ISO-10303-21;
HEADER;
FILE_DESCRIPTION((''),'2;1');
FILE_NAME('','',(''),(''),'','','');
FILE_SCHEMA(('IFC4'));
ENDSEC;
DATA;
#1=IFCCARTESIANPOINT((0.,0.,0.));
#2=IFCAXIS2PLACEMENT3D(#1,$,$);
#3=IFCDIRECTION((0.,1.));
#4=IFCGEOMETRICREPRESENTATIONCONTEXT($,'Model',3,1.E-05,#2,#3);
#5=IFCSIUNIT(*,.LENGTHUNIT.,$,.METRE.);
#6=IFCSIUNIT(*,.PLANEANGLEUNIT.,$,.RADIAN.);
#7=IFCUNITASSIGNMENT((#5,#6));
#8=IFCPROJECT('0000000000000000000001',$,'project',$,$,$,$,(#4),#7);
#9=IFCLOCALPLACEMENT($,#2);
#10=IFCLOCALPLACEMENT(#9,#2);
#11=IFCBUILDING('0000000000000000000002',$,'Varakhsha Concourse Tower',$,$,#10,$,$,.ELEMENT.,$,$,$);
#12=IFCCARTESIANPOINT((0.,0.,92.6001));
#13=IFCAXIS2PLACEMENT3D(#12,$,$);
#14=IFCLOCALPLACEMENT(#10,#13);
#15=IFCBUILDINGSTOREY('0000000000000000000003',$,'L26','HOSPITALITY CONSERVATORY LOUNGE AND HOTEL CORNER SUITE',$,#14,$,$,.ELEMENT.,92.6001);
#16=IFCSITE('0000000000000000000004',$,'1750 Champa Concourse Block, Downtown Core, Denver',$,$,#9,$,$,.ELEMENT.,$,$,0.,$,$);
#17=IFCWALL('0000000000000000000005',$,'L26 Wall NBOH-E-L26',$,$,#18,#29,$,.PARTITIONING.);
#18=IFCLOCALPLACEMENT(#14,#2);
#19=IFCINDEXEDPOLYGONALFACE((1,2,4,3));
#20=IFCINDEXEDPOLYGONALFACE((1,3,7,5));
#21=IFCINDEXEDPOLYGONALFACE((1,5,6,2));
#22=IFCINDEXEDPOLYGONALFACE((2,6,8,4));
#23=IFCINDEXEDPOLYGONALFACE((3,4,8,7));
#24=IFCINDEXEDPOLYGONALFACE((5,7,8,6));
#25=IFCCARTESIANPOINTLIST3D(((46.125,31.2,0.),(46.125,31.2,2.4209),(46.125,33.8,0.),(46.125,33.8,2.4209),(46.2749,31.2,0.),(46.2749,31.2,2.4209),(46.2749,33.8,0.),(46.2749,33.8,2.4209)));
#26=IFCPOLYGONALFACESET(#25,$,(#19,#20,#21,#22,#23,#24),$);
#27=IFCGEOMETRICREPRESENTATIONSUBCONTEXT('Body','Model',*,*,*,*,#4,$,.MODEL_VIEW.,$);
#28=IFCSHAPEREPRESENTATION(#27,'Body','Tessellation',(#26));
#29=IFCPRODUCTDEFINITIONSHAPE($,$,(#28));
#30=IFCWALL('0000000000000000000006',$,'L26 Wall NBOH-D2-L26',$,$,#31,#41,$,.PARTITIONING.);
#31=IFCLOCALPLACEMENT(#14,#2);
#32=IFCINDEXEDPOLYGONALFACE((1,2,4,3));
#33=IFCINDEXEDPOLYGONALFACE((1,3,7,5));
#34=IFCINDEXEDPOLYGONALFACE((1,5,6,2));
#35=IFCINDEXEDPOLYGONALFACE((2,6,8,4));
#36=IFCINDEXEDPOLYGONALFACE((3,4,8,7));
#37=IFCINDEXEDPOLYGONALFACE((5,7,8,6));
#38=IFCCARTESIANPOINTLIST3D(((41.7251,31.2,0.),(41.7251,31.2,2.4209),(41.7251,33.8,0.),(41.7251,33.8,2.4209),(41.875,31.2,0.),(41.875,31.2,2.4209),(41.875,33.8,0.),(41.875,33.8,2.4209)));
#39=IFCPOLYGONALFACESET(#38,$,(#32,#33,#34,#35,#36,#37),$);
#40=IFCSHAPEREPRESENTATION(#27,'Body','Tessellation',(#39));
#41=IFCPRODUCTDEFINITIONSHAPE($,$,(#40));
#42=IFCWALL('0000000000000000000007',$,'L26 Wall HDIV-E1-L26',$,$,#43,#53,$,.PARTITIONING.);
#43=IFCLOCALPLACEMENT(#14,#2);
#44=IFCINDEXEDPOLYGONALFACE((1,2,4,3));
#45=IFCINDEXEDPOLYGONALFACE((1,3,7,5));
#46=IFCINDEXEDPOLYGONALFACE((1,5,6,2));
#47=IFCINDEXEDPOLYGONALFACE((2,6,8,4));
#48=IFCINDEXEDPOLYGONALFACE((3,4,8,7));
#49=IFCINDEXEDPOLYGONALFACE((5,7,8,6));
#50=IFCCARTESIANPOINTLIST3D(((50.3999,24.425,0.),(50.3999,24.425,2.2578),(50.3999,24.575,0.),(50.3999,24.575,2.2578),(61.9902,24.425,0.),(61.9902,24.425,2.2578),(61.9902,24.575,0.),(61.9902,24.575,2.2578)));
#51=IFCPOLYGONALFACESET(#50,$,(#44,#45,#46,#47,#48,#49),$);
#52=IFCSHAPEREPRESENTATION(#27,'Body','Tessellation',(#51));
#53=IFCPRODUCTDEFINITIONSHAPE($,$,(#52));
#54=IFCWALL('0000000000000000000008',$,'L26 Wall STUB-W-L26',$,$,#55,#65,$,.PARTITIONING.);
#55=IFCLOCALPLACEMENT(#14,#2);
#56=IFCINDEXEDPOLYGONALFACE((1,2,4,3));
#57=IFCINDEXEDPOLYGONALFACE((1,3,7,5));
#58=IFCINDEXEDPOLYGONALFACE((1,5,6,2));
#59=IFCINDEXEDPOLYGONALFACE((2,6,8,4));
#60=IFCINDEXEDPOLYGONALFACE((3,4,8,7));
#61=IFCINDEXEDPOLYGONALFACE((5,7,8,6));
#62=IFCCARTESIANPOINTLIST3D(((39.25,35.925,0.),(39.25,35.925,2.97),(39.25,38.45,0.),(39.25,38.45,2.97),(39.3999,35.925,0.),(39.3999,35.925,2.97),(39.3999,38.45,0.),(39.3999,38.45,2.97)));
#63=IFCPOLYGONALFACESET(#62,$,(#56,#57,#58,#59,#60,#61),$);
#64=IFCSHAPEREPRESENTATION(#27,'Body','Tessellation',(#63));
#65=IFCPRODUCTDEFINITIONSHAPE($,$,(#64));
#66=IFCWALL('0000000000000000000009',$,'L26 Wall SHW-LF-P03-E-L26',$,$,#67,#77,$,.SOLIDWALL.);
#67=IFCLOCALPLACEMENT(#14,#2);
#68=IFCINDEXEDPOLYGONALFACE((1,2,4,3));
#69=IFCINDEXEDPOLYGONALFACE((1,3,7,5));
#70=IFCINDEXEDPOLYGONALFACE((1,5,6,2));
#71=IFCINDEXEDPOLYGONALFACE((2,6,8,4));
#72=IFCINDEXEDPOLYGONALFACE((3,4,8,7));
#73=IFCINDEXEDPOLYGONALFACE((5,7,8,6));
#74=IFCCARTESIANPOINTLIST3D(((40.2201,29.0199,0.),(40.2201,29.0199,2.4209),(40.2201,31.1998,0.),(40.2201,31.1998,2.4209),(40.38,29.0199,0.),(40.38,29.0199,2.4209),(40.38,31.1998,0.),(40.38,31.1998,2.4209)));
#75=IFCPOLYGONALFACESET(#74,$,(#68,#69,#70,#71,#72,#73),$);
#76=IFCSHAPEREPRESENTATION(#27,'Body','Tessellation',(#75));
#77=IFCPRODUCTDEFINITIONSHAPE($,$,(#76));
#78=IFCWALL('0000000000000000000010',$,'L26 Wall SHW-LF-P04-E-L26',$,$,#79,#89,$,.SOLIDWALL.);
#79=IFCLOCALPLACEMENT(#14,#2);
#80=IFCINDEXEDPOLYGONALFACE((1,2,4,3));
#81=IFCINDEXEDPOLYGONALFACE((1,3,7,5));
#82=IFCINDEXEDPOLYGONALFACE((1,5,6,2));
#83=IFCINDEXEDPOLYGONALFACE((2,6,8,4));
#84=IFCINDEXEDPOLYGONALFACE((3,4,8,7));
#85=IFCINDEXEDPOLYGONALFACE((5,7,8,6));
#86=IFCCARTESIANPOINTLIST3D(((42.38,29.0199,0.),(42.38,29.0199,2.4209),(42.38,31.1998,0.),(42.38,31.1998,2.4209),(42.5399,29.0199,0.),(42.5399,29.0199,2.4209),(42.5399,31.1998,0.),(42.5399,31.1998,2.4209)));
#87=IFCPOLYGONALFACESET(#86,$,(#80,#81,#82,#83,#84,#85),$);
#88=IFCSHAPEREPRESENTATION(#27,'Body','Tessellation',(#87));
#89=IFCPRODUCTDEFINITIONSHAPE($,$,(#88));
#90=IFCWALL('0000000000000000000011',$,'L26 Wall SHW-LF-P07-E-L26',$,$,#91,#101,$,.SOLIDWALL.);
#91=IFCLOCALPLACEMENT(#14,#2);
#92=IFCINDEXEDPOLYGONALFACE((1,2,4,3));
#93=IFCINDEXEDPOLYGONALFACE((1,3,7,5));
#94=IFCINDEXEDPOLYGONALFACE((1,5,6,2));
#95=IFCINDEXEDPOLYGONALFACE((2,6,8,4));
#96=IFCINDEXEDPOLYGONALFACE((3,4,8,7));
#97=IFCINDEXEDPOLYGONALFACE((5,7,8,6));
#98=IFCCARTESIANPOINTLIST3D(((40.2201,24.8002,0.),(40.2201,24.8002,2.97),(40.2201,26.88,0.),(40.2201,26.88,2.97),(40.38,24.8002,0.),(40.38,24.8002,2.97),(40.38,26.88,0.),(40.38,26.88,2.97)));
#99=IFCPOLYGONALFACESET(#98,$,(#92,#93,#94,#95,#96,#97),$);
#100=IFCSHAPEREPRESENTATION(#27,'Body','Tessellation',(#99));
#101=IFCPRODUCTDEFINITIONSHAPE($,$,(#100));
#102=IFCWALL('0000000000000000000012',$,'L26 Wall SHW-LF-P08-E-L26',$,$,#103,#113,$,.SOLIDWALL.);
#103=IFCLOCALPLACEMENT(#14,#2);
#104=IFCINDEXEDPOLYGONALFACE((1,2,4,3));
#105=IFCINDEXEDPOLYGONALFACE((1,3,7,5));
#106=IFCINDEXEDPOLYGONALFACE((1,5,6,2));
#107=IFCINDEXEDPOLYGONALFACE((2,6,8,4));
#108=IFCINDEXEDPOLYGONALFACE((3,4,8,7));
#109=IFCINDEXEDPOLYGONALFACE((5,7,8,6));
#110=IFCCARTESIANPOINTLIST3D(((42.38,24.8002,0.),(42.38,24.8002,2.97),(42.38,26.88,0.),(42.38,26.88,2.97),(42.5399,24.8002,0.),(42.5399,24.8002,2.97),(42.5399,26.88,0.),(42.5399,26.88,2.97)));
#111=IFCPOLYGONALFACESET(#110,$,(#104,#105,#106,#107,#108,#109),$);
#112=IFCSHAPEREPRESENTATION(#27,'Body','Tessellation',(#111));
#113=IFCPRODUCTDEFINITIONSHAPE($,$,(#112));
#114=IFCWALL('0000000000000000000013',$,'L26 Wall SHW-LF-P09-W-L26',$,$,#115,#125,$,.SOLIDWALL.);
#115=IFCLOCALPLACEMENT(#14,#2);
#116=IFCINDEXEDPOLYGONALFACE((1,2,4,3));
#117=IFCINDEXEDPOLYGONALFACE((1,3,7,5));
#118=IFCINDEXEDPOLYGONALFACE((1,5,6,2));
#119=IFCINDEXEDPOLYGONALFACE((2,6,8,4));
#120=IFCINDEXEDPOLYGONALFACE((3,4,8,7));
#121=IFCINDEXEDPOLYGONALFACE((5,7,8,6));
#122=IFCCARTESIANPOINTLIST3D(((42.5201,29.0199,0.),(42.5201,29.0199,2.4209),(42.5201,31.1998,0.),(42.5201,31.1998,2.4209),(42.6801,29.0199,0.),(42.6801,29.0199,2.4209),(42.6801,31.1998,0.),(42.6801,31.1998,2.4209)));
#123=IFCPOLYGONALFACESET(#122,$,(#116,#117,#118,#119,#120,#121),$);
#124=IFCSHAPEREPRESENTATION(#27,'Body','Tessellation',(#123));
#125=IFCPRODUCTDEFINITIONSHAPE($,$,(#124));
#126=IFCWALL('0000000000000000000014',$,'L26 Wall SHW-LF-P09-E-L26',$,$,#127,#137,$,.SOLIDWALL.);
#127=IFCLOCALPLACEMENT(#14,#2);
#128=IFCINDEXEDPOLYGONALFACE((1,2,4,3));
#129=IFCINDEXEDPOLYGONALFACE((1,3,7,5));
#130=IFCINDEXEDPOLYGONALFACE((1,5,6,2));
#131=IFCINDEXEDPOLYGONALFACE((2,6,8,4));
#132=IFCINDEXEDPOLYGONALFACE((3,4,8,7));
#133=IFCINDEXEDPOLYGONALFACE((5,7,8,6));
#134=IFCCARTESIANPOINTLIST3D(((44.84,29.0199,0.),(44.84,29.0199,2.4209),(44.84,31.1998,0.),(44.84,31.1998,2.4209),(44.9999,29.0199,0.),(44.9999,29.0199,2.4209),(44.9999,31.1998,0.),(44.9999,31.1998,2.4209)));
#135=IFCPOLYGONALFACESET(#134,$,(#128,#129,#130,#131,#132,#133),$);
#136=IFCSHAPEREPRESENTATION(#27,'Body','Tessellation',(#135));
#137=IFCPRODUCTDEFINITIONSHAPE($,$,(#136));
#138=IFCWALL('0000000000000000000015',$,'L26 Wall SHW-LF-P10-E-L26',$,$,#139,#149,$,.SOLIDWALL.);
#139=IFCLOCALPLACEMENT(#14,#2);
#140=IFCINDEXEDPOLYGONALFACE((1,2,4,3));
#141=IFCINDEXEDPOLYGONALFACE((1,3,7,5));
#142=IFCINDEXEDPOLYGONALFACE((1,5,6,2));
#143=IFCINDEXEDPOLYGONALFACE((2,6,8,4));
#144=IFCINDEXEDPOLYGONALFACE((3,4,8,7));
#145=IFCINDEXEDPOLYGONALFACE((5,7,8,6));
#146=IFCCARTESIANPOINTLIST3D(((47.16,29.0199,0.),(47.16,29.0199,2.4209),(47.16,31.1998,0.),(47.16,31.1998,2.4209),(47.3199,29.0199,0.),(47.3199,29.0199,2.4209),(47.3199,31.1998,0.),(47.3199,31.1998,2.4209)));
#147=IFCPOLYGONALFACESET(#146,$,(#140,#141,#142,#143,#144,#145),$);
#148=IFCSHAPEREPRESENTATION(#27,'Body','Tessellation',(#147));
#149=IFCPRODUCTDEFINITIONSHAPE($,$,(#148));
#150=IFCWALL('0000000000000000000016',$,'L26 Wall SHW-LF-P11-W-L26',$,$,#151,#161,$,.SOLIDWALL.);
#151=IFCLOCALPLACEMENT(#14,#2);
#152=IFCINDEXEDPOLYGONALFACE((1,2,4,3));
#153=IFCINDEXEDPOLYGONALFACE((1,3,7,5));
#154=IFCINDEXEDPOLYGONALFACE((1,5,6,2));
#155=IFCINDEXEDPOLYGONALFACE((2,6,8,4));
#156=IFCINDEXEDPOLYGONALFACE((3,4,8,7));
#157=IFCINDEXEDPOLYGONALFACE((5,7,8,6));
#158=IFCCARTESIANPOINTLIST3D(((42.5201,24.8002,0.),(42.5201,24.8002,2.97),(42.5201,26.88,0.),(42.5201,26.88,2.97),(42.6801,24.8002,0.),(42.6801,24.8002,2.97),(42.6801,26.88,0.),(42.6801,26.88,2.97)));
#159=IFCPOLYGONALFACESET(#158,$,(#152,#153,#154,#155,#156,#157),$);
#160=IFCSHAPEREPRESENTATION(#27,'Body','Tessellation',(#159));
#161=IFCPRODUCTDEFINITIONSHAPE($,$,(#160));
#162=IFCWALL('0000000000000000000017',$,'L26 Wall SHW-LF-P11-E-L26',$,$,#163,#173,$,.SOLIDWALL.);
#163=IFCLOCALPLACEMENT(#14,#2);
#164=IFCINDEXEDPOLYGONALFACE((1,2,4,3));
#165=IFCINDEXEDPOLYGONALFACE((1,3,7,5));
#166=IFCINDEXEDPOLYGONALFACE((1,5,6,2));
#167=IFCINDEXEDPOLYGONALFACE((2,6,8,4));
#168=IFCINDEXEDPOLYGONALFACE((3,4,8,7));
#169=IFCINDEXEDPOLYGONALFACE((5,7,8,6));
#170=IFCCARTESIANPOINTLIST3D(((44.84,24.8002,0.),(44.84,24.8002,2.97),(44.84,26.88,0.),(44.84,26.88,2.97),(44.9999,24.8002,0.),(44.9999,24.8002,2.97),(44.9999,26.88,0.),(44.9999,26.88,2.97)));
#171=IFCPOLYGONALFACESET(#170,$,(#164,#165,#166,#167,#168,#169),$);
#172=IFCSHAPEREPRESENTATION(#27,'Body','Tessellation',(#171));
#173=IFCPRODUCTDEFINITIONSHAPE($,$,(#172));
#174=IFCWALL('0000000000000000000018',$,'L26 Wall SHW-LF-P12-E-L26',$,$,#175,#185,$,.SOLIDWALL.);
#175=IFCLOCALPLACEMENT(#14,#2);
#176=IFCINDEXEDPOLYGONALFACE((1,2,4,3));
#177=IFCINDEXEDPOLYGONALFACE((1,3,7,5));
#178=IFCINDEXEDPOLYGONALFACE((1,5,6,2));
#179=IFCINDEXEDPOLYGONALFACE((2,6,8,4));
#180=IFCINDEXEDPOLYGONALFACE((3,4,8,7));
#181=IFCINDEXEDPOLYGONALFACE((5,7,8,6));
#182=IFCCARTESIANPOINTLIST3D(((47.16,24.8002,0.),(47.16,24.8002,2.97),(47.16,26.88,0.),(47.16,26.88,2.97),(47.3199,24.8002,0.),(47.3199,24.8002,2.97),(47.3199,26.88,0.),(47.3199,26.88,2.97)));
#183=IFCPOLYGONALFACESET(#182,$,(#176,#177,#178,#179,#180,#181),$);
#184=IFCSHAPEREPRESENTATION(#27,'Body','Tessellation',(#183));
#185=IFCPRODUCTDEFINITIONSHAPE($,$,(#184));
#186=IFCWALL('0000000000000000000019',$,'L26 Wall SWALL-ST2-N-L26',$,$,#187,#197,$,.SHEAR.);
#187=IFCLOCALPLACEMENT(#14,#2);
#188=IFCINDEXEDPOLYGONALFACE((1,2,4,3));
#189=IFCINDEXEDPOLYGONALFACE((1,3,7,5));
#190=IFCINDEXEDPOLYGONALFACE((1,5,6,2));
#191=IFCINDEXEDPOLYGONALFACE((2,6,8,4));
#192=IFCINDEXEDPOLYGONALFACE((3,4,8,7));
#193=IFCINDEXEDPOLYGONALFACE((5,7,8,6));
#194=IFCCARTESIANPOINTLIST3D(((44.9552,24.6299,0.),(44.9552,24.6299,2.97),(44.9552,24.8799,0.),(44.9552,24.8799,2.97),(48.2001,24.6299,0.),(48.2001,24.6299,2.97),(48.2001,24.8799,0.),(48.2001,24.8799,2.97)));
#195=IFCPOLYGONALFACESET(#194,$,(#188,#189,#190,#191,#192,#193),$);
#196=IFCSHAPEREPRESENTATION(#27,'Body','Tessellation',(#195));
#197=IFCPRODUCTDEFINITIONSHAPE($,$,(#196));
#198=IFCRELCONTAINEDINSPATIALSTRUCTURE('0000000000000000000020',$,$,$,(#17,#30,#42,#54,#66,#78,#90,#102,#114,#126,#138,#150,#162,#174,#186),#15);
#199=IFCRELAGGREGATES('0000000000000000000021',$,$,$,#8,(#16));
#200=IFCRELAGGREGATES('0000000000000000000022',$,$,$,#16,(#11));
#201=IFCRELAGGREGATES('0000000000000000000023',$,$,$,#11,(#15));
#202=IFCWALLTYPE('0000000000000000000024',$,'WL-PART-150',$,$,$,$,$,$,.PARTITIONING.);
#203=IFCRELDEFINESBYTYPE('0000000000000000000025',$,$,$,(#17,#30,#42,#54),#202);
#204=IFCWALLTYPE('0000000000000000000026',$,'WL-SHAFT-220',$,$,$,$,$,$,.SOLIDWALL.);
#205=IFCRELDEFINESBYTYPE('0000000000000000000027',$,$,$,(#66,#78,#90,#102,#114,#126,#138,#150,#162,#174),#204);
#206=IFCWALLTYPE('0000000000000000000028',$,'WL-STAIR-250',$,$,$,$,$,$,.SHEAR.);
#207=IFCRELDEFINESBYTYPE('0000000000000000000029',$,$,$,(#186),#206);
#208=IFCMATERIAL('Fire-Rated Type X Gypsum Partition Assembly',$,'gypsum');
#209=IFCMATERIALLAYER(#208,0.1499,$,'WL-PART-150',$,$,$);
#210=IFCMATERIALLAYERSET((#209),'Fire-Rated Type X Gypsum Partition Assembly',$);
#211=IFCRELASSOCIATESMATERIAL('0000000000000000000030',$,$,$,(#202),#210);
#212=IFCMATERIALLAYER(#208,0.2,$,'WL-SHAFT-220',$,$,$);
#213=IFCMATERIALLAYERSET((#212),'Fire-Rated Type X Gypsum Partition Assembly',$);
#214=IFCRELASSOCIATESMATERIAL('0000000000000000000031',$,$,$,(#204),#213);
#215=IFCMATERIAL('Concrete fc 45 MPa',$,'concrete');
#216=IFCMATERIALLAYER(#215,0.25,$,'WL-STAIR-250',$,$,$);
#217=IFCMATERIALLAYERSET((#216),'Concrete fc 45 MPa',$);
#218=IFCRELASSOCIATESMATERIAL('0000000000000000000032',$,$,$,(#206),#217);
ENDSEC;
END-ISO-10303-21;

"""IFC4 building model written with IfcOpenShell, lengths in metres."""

from ifc_helpers import new_model, si_unit, direction, frame, frame_2d, origin, place, context, subcontext, project, spatial, rectangle, extrude, material, layer, layer_set, type_object, element, save


model = new_model("IFC4")

# Units and contexts
model_context = context("Model", 3, precision=1e-05, world=origin(), true_north=direction((0.0, 1.0)))
body_context = subcontext(model_context, "Body", "Model", "MODEL_VIEW")
ifc_project = project(units=[si_unit("LENGTHUNIT", "METRE"), si_unit("PLANEANGLEUNIT", "RADIAN")], contexts=[model_context])

# Site, building, storey
site_placement = place(None, origin())
site = spatial("IfcSite", under=ifc_project, at=site_placement, Name="1750 Champa Concourse Block, Downtown Core, Denver", CompositionType="ELEMENT", RefElevation=0.0)
building_placement = place(site_placement, origin())
building = spatial("IfcBuilding", under=site, at=building_placement, Name="Varakhsha Concourse Tower", CompositionType="ELEMENT")
storey_placement = place(building_placement, frame((0.0, 0.0, 92.6001)))
storey = spatial("IfcBuildingStorey", under=building, at=storey_placement, Name="L26", Description="HOSPITALITY CONSERVATORY LOUNGE AND HOTEL CORNER SUITE", CompositionType="ELEMENT", Elevation=92.6001)

# Walls
ifc_material_1 = material(Name="Fire-Rated Type X Gypsum Partition Assembly", Category="gypsum")
ifc_layer_1 = layer(ifc_material_1, 0.1499, Name="WL-PART-150")
ifc_layer_set_1 = layer_set([ifc_layer_1], Name="Fire-Rated Type X Gypsum Partition Assembly")
wall_type_1 = type_object("IfcWallType", Name="WL-PART-150", PredefinedType="PARTITIONING", material=ifc_layer_set_1)
for number, where, z_axis, x_axis, name in (
    (1, (46.2, 31.2, 0.0), (0.0, 0.0, 1.0), (0.0, 1.0, 0.0), "L26 Wall NBOH-E-L26"),
    (2, (41.8, 31.2, 0.0), (0.0, 0.0, 1.0), (0.0, 1.0, 0.0), "L26 Wall NBOH-D2-L26"),
):
    element("IfcWall", number, at=place(storey_placement, frame(where, z_axis=z_axis, x_axis=x_axis)), inside=storey, type_object=wall_type_1, Name=name, PredefinedType="PARTITIONING", context=body_context, shape_type="SweptSolid", body=[
        extrude(rectangle(XDim=2.6001, YDim=0.1499, at=frame_2d((1.3, 0.0))), origin(), (0.0, 0.0, 1.0), 2.4209),
    ])
wall_1_placement = place(storey_placement, frame((50.3999, 24.5, 0.0), z_axis=(0.0, 0.0, 1.0), x_axis=(1.0, 0.0, 0.0)))
element("IfcWall", 3, at=wall_1_placement, inside=storey, type_object=wall_type_1, Name="L26 Wall HDIV-E1-L26", PredefinedType="PARTITIONING", context=body_context, shape_type="SweptSolid", body=[
    extrude(rectangle(XDim=11.5903, YDim=0.1499, at=frame_2d((5.7952, 0.0))), origin(), (0.0, 0.0, 1.0), 2.2578),
])
wall_2_placement = place(storey_placement, frame((39.325, 35.925, 0.0), z_axis=(0.0, 0.0, 1.0), x_axis=(0.0, 1.0, 0.0)))
element("IfcWall", 4, at=wall_2_placement, inside=storey, type_object=wall_type_1, Name="L26 Wall STUB-W-L26", PredefinedType="PARTITIONING", context=body_context, shape_type="SweptSolid", body=[
    extrude(rectangle(XDim=2.5249, YDim=0.1499, at=frame_2d((1.2625, 0.0))), origin(), (0.0, 0.0, 1.0), 2.97),
])
ifc_layer_2 = layer(ifc_material_1, 0.2, Name="WL-SHAFT-220")
ifc_layer_set_2 = layer_set([ifc_layer_2], Name="Fire-Rated Type X Gypsum Partition Assembly")
wall_type_2 = type_object("IfcWallType", Name="WL-SHAFT-220", PredefinedType="SOLIDWALL", material=ifc_layer_set_2)
for number, where, z_axis, x_axis, name in (
    (5, (40.3, 29.02, 0.0), (0.0, 0.0, 1.0), (0.0, 1.0, 0.0), "L26 Wall SHW-LF-P03-E-L26"),
    (6, (42.46, 29.02, 0.0), (0.0, 0.0, 1.0), (0.0, 1.0, 0.0), "L26 Wall SHW-LF-P04-E-L26"),
):
    element("IfcWall", number, at=place(storey_placement, frame(where, z_axis=z_axis, x_axis=x_axis)), inside=storey, type_object=wall_type_2, Name=name, PredefinedType="SOLIDWALL", context=body_context, shape_type="SweptSolid", body=[
        extrude(rectangle(XDim=2.1799, YDim=0.1599, at=frame_2d((1.0898, 0.0))), origin(), (0.0, 0.0, 1.0), 2.4209),
    ])
for number, where, z_axis, x_axis, name in (
    (7, (40.3, 24.8, 0.0), (0.0, 0.0, 1.0), (0.0, 1.0, 0.0), "L26 Wall SHW-LF-P07-E-L26"),
    (8, (42.46, 24.8, 0.0), (0.0, 0.0, 1.0), (0.0, 1.0, 0.0), "L26 Wall SHW-LF-P08-E-L26"),
):
    element("IfcWall", number, at=place(storey_placement, frame(where, z_axis=z_axis, x_axis=x_axis)), inside=storey, type_object=wall_type_2, Name=name, PredefinedType="SOLIDWALL", context=body_context, shape_type="SweptSolid", body=[
        extrude(rectangle(XDim=2.0798, YDim=0.1599, at=frame_2d((1.04, 0.0))), origin(), (0.0, 0.0, 1.0), 2.97),
    ])
for number, where, z_axis, x_axis, name in (
    (9, (42.6001, 29.02, 0.0), (0.0, 0.0, 1.0), (0.0, 1.0, 0.0), "L26 Wall SHW-LF-P09-W-L26"),
    (10, (44.9199, 29.02, 0.0), (0.0, 0.0, 1.0), (0.0, 1.0, 0.0), "L26 Wall SHW-LF-P09-E-L26"),
    (11, (47.24, 29.02, 0.0), (0.0, 0.0, 1.0), (0.0, 1.0, 0.0), "L26 Wall SHW-LF-P10-E-L26"),
):
    element("IfcWall", number, at=place(storey_placement, frame(where, z_axis=z_axis, x_axis=x_axis)), inside=storey, type_object=wall_type_2, Name=name, PredefinedType="SOLIDWALL", context=body_context, shape_type="SweptSolid", body=[
        extrude(rectangle(XDim=2.1799, YDim=0.1599, at=frame_2d((1.0898, 0.0))), origin(), (0.0, 0.0, 1.0), 2.4209),
    ])
for number, where, z_axis, x_axis, name in (
    (12, (42.6001, 24.8, 0.0), (0.0, 0.0, 1.0), (0.0, 1.0, 0.0), "L26 Wall SHW-LF-P11-W-L26"),
    (13, (44.9199, 24.8, 0.0), (0.0, 0.0, 1.0), (0.0, 1.0, 0.0), "L26 Wall SHW-LF-P11-E-L26"),
    (14, (47.24, 24.8, 0.0), (0.0, 0.0, 1.0), (0.0, 1.0, 0.0), "L26 Wall SHW-LF-P12-E-L26"),
):
    element("IfcWall", number, at=place(storey_placement, frame(where, z_axis=z_axis, x_axis=x_axis)), inside=storey, type_object=wall_type_2, Name=name, PredefinedType="SOLIDWALL", context=body_context, shape_type="SweptSolid", body=[
        extrude(rectangle(XDim=2.0798, YDim=0.1599, at=frame_2d((1.04, 0.0))), origin(), (0.0, 0.0, 1.0), 2.97),
    ])
ifc_material_2 = material(Name="Concrete fc 45 MPa", Category="concrete")
ifc_layer_3 = layer(ifc_material_2, 0.25, Name="WL-STAIR-250")
ifc_layer_set_3 = layer_set([ifc_layer_3], Name="Concrete fc 45 MPa")
wall_type_3 = type_object("IfcWallType", Name="WL-STAIR-250", PredefinedType="SHEAR", material=ifc_layer_set_3)
wall_3_placement = place(storey_placement, frame((44.9551, 24.7549, 0.0), z_axis=(0.0, 0.0, 1.0), x_axis=(1.0, 0.0, 0.0)))
element("IfcWall", 15, at=wall_3_placement, inside=storey, type_object=wall_type_3, Name="L26 Wall SWALL-ST2-N-L26", PredefinedType="SHEAR", context=body_context, shape_type="SweptSolid", body=[
    extrude(rectangle(XDim=3.2449, YDim=0.25, at=frame_2d((1.6226, 0.0))), origin(), (0.0, 0.0, 1.0), 2.97),
])

save(model, "model.ifc")
